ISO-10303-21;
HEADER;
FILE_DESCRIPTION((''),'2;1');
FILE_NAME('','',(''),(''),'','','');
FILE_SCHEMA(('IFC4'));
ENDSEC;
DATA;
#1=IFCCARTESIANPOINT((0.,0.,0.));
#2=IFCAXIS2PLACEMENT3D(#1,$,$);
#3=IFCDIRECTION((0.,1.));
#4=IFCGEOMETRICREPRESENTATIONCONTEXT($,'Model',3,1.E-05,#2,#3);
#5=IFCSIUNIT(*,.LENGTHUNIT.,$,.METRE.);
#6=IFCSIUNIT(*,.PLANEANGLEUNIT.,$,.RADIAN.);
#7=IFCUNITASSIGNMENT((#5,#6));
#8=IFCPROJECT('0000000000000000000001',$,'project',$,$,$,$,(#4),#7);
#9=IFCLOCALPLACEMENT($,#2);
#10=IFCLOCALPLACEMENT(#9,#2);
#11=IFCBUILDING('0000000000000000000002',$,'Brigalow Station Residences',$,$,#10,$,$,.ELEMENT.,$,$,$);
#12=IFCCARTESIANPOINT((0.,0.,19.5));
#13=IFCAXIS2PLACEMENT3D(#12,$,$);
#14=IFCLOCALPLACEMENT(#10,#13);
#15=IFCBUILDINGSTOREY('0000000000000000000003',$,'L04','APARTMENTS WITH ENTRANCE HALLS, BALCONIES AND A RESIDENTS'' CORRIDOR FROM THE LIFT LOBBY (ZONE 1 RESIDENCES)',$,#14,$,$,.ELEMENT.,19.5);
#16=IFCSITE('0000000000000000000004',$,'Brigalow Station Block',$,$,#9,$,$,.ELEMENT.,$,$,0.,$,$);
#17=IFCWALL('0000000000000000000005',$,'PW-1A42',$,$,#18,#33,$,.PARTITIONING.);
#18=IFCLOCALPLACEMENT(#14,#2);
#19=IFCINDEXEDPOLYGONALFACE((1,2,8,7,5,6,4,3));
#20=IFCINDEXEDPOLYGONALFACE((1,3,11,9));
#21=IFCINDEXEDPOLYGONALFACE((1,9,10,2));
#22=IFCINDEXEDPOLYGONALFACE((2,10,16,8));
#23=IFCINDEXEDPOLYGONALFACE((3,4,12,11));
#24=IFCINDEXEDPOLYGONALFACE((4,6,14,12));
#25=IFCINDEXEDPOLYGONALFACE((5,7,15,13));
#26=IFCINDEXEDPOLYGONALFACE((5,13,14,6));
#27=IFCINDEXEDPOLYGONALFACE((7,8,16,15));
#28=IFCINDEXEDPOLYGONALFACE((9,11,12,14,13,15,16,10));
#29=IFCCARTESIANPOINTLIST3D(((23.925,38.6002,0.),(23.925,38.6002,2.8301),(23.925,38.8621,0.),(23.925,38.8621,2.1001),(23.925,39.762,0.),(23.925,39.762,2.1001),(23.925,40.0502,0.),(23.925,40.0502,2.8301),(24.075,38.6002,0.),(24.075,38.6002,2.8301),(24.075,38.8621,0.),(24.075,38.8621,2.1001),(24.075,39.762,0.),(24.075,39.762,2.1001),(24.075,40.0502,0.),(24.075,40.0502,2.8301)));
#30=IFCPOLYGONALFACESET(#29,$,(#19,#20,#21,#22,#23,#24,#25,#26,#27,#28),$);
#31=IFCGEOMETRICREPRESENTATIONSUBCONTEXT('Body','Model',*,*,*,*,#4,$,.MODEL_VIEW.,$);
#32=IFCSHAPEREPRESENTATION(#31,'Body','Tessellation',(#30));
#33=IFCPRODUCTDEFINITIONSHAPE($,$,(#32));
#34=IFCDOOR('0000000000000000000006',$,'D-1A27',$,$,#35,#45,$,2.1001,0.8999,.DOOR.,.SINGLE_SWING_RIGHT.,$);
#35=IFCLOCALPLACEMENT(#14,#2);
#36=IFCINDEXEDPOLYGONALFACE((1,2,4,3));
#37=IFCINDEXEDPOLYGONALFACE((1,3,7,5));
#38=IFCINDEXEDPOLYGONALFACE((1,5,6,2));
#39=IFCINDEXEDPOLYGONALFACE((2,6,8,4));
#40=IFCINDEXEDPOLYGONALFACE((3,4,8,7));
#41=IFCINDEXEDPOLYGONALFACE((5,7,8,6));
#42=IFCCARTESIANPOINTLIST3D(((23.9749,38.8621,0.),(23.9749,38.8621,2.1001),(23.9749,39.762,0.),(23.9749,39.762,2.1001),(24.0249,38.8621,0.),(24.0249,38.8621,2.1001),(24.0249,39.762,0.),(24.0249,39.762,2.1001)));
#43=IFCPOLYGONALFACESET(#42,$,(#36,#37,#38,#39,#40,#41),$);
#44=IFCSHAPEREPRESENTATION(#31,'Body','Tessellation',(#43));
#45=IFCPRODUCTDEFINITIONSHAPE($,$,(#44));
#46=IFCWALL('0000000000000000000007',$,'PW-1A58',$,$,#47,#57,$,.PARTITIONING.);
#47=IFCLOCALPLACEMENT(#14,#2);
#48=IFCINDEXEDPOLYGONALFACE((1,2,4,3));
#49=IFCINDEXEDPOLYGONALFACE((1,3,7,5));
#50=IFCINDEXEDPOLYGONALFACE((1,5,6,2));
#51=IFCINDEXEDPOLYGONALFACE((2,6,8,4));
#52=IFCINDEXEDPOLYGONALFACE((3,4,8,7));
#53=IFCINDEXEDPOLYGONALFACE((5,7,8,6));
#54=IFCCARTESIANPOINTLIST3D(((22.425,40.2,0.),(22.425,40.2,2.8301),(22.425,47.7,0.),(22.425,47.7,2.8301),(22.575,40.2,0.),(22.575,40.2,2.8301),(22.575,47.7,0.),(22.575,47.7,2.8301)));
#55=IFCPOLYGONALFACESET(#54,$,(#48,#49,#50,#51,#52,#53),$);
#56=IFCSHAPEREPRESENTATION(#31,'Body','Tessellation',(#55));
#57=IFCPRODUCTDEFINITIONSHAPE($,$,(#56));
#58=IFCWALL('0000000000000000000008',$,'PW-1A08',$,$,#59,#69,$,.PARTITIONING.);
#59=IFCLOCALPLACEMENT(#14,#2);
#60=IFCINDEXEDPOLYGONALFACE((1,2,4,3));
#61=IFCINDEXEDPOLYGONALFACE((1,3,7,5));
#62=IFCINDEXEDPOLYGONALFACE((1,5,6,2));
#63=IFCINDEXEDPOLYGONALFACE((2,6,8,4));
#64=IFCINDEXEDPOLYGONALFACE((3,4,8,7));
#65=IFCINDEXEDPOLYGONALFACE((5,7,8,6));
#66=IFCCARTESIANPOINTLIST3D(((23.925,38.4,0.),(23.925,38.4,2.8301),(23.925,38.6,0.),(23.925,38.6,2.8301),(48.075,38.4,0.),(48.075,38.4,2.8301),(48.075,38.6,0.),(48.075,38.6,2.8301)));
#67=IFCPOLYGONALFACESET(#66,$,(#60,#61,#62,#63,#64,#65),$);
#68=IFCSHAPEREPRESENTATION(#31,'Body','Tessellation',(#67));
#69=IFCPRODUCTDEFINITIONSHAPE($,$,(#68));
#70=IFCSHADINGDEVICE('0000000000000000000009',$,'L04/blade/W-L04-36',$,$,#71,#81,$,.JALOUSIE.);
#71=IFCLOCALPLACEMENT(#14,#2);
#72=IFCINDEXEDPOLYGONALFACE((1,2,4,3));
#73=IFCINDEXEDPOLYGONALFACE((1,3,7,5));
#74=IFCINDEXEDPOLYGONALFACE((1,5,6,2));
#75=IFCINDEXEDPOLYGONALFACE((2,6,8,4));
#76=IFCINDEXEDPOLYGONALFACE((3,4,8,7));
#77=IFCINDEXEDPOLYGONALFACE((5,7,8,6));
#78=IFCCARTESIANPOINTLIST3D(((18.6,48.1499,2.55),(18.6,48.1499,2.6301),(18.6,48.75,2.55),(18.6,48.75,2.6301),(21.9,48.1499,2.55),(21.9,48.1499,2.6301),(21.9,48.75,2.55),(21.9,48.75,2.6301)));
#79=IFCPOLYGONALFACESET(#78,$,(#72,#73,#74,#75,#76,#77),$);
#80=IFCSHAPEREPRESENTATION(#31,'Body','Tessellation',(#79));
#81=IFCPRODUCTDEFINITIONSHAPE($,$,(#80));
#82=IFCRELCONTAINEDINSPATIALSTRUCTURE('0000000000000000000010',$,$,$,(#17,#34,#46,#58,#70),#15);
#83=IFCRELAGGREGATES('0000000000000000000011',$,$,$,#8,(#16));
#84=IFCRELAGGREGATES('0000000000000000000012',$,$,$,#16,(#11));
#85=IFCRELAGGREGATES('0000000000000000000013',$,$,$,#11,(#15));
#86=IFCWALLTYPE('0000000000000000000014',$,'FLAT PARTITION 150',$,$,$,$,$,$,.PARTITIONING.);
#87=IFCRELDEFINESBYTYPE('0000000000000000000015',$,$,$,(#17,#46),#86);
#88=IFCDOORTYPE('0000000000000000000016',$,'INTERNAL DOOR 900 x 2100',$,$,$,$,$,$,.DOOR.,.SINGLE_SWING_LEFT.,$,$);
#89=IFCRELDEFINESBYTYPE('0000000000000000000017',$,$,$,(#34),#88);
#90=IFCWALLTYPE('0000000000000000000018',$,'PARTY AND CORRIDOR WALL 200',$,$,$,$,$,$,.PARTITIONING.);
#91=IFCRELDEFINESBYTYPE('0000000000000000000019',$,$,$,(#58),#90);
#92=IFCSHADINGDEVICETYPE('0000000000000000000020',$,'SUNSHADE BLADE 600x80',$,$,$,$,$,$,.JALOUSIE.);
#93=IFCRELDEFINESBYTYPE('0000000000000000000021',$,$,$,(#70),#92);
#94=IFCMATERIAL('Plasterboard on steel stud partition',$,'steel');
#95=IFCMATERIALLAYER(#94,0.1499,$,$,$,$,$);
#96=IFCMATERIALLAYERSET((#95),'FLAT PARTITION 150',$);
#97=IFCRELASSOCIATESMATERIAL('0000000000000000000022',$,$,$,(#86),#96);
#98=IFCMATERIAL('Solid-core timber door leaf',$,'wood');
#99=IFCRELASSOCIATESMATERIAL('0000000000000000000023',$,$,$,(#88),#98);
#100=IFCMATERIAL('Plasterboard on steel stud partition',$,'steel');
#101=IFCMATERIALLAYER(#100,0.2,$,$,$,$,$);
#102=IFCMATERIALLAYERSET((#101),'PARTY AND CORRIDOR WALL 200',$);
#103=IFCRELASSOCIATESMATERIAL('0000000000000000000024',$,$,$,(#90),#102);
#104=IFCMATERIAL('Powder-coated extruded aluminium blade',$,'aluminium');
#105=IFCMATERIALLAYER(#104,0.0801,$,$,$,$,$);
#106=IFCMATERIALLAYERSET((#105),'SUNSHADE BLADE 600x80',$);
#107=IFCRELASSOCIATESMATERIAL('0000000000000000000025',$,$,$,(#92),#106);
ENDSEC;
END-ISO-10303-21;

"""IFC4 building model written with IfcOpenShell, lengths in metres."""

from ifc_helpers import new_model, si_unit, direction, frame, frame_2d, origin, origin_2d, place, context, subcontext, project, spatial, rectangle, extrude, material, layer, layer_set, type_object, element, fill, save


model = new_model("IFC4")

# Units and contexts
model_context = context("Model", 3, precision=1e-05, world=origin(), true_north=direction((0.0, 1.0)))
body_context = subcontext(model_context, "Body", "Model", "MODEL_VIEW")
ifc_project = project(units=[si_unit("LENGTHUNIT", "METRE"), si_unit("PLANEANGLEUNIT", "RADIAN")], contexts=[model_context])

# Site, building, storey
site_placement = place(None, origin())
site = spatial("IfcSite", under=ifc_project, at=site_placement, Name="Brigalow Station Block", CompositionType="ELEMENT", RefElevation=0.0)
building_placement = place(site_placement, origin())
building = spatial("IfcBuilding", under=site, at=building_placement, Name="Brigalow Station Residences", CompositionType="ELEMENT")
storey_placement = place(building_placement, frame((0.0, 0.0, 19.5)))
storey = spatial("IfcBuildingStorey", under=building, at=storey_placement, Name="L04", Description="APARTMENTS WITH ENTRANCE HALLS, BALCONIES AND A RESIDENTS' CORRIDOR FROM THE LIFT LOBBY (ZONE 1 RESIDENCES)", CompositionType="ELEMENT", Elevation=19.5)

# Shared definitions
ifc_material_1 = material(Name="Plasterboard on steel stud partition", Category="steel")
ifc_layer_1 = layer(ifc_material_1, 0.1499)
ifc_layer_set_1 = layer_set([ifc_layer_1], Name="FLAT PARTITION 150")
wall_type_1 = type_object("IfcWallType", Name="FLAT PARTITION 150", PredefinedType="PARTITIONING", material=ifc_layer_set_1)

# Wall, opening, door
wall_1_placement = place(storey_placement, frame((24.0, 38.6001, 0.0), z_axis=(0.0, 0.0, 1.0), x_axis=(0.0, 1.0, 0.0)))
wall_1 = element("IfcWall", 1, at=wall_1_placement, inside=storey, type_object=wall_type_1, Name="PW-1A42", PredefinedType="PARTITIONING", context=body_context, shape_type="SweptSolid", body=[
    extrude(rectangle(XDim=1.45, YDim=0.1499, at=frame_2d((0.7251, 0.0))), origin(), (0.0, 0.0, 1.0), 2.8301),
])
opening_1_placement = place(wall_1_placement, frame((0.262, 0.0, 0.0)))
opening_1 = element("IfcOpeningElement", 2, at=opening_1_placement, cuts=wall_1, PredefinedType="OPENING", context=body_context, shape_type="SweptSolid", body=[
    extrude(rectangle(XDim=0.8999, YDim=2.1001, at=frame_2d((0.45, 1.05))), frame((0.0, 0.085, 0.0), z_axis=(0.0, -1.0, 0.0), x_axis=(1.0, 0.0, 0.0)), (0.0, 0.0, 1.0), 0.1699),
])
ifc_material_2 = material(Name="Solid-core timber door leaf", Category="wood")
door_type_1 = type_object("IfcDoorType", Name="INTERNAL DOOR 900 x 2100", OperationType="SINGLE_SWING_LEFT", PredefinedType="DOOR", material=ifc_material_2)
door_1_placement = place(opening_1_placement, frame((0.8999, 0.0, 0.0), z_axis=(0.0, 0.0, 1.0), x_axis=(-1.0, 0.0, 0.0)))
door_1 = element("IfcDoor", 3, at=door_1_placement, inside=storey, type_object=door_type_1, Name="D-1A27", OperationType="SINGLE_SWING_RIGHT", OverallHeight=2.1001, OverallWidth=0.8999, PredefinedType="DOOR", context=body_context, shape_type="SweptSolid", body=[
    extrude(rectangle(XDim=0.8999, YDim=2.1001, at=frame_2d((0.45, 1.05))), frame((0.0, 0.0249, 0.0), z_axis=(0.0, -1.0, 0.0), x_axis=(1.0, 0.0, 0.0)), (0.0, 0.0, 1.0), 0.05),
])
fill(opening_1, door_1)

# Walls
wall_2_placement = place(storey_placement, frame((22.5, 40.2, 0.0), z_axis=(0.0, 0.0, 1.0), x_axis=(0.0, 1.0, 0.0)))
element("IfcWall", 4, at=wall_2_placement, inside=storey, type_object=wall_type_1, Name="PW-1A58", PredefinedType="PARTITIONING", context=body_context, shape_type="SweptSolid", body=[
    extrude(rectangle(XDim=7.5, YDim=0.1499, at=frame_2d((3.75, 0.0))), origin(), (0.0, 0.0, 1.0), 2.8301),
])
ifc_material_3 = material(Name="Plasterboard on steel stud partition", Category="steel")
ifc_layer_2 = layer(ifc_material_3, 0.2)
ifc_layer_set_2 = layer_set([ifc_layer_2], Name="PARTY AND CORRIDOR WALL 200")
wall_type_2 = type_object("IfcWallType", Name="PARTY AND CORRIDOR WALL 200", PredefinedType="PARTITIONING", material=ifc_layer_set_2)
wall_3_placement = place(storey_placement, frame((23.925, 38.5, 0.0), z_axis=(0.0, 0.0, 1.0), x_axis=(1.0, 0.0, 0.0)))
element("IfcWall", 5, at=wall_3_placement, inside=storey, type_object=wall_type_2, Name="PW-1A08", PredefinedType="PARTITIONING", context=body_context, shape_type="SweptSolid", body=[
    extrude(rectangle(XDim=24.1499, YDim=0.2, at=frame_2d((12.075, 0.0))), origin(), (0.0, 0.0, 1.0), 2.8301),
])

# Shading device
ifc_material_4 = material(Name="Powder-coated extruded aluminium blade", Category="aluminium")
ifc_layer_3 = layer(ifc_material_4, 0.0801)
ifc_layer_set_3 = layer_set([ifc_layer_3], Name="SUNSHADE BLADE 600x80")
shading_device_type = type_object("IfcShadingDeviceType", Name="SUNSHADE BLADE 600x80", PredefinedType="JALOUSIE", material=ifc_layer_set_3)
shading_device_placement = place(storey_placement, frame((20.25, 48.45, 2.55), z_axis=(0.0, 0.0, 1.0), x_axis=(-1.0, 0.0, 0.0)))
element("IfcShadingDevice", 6, at=shading_device_placement, inside=storey, type_object=shading_device_type, Name="L04/blade/W-L04-36", PredefinedType="JALOUSIE", context=body_context, shape_type="SweptSolid", body=[
    extrude(rectangle(XDim=3.3, YDim=0.6001, at=origin_2d()), origin(), (0.0, 0.0, 1.0), 0.0801),
])

save(model, "model.ifc")
